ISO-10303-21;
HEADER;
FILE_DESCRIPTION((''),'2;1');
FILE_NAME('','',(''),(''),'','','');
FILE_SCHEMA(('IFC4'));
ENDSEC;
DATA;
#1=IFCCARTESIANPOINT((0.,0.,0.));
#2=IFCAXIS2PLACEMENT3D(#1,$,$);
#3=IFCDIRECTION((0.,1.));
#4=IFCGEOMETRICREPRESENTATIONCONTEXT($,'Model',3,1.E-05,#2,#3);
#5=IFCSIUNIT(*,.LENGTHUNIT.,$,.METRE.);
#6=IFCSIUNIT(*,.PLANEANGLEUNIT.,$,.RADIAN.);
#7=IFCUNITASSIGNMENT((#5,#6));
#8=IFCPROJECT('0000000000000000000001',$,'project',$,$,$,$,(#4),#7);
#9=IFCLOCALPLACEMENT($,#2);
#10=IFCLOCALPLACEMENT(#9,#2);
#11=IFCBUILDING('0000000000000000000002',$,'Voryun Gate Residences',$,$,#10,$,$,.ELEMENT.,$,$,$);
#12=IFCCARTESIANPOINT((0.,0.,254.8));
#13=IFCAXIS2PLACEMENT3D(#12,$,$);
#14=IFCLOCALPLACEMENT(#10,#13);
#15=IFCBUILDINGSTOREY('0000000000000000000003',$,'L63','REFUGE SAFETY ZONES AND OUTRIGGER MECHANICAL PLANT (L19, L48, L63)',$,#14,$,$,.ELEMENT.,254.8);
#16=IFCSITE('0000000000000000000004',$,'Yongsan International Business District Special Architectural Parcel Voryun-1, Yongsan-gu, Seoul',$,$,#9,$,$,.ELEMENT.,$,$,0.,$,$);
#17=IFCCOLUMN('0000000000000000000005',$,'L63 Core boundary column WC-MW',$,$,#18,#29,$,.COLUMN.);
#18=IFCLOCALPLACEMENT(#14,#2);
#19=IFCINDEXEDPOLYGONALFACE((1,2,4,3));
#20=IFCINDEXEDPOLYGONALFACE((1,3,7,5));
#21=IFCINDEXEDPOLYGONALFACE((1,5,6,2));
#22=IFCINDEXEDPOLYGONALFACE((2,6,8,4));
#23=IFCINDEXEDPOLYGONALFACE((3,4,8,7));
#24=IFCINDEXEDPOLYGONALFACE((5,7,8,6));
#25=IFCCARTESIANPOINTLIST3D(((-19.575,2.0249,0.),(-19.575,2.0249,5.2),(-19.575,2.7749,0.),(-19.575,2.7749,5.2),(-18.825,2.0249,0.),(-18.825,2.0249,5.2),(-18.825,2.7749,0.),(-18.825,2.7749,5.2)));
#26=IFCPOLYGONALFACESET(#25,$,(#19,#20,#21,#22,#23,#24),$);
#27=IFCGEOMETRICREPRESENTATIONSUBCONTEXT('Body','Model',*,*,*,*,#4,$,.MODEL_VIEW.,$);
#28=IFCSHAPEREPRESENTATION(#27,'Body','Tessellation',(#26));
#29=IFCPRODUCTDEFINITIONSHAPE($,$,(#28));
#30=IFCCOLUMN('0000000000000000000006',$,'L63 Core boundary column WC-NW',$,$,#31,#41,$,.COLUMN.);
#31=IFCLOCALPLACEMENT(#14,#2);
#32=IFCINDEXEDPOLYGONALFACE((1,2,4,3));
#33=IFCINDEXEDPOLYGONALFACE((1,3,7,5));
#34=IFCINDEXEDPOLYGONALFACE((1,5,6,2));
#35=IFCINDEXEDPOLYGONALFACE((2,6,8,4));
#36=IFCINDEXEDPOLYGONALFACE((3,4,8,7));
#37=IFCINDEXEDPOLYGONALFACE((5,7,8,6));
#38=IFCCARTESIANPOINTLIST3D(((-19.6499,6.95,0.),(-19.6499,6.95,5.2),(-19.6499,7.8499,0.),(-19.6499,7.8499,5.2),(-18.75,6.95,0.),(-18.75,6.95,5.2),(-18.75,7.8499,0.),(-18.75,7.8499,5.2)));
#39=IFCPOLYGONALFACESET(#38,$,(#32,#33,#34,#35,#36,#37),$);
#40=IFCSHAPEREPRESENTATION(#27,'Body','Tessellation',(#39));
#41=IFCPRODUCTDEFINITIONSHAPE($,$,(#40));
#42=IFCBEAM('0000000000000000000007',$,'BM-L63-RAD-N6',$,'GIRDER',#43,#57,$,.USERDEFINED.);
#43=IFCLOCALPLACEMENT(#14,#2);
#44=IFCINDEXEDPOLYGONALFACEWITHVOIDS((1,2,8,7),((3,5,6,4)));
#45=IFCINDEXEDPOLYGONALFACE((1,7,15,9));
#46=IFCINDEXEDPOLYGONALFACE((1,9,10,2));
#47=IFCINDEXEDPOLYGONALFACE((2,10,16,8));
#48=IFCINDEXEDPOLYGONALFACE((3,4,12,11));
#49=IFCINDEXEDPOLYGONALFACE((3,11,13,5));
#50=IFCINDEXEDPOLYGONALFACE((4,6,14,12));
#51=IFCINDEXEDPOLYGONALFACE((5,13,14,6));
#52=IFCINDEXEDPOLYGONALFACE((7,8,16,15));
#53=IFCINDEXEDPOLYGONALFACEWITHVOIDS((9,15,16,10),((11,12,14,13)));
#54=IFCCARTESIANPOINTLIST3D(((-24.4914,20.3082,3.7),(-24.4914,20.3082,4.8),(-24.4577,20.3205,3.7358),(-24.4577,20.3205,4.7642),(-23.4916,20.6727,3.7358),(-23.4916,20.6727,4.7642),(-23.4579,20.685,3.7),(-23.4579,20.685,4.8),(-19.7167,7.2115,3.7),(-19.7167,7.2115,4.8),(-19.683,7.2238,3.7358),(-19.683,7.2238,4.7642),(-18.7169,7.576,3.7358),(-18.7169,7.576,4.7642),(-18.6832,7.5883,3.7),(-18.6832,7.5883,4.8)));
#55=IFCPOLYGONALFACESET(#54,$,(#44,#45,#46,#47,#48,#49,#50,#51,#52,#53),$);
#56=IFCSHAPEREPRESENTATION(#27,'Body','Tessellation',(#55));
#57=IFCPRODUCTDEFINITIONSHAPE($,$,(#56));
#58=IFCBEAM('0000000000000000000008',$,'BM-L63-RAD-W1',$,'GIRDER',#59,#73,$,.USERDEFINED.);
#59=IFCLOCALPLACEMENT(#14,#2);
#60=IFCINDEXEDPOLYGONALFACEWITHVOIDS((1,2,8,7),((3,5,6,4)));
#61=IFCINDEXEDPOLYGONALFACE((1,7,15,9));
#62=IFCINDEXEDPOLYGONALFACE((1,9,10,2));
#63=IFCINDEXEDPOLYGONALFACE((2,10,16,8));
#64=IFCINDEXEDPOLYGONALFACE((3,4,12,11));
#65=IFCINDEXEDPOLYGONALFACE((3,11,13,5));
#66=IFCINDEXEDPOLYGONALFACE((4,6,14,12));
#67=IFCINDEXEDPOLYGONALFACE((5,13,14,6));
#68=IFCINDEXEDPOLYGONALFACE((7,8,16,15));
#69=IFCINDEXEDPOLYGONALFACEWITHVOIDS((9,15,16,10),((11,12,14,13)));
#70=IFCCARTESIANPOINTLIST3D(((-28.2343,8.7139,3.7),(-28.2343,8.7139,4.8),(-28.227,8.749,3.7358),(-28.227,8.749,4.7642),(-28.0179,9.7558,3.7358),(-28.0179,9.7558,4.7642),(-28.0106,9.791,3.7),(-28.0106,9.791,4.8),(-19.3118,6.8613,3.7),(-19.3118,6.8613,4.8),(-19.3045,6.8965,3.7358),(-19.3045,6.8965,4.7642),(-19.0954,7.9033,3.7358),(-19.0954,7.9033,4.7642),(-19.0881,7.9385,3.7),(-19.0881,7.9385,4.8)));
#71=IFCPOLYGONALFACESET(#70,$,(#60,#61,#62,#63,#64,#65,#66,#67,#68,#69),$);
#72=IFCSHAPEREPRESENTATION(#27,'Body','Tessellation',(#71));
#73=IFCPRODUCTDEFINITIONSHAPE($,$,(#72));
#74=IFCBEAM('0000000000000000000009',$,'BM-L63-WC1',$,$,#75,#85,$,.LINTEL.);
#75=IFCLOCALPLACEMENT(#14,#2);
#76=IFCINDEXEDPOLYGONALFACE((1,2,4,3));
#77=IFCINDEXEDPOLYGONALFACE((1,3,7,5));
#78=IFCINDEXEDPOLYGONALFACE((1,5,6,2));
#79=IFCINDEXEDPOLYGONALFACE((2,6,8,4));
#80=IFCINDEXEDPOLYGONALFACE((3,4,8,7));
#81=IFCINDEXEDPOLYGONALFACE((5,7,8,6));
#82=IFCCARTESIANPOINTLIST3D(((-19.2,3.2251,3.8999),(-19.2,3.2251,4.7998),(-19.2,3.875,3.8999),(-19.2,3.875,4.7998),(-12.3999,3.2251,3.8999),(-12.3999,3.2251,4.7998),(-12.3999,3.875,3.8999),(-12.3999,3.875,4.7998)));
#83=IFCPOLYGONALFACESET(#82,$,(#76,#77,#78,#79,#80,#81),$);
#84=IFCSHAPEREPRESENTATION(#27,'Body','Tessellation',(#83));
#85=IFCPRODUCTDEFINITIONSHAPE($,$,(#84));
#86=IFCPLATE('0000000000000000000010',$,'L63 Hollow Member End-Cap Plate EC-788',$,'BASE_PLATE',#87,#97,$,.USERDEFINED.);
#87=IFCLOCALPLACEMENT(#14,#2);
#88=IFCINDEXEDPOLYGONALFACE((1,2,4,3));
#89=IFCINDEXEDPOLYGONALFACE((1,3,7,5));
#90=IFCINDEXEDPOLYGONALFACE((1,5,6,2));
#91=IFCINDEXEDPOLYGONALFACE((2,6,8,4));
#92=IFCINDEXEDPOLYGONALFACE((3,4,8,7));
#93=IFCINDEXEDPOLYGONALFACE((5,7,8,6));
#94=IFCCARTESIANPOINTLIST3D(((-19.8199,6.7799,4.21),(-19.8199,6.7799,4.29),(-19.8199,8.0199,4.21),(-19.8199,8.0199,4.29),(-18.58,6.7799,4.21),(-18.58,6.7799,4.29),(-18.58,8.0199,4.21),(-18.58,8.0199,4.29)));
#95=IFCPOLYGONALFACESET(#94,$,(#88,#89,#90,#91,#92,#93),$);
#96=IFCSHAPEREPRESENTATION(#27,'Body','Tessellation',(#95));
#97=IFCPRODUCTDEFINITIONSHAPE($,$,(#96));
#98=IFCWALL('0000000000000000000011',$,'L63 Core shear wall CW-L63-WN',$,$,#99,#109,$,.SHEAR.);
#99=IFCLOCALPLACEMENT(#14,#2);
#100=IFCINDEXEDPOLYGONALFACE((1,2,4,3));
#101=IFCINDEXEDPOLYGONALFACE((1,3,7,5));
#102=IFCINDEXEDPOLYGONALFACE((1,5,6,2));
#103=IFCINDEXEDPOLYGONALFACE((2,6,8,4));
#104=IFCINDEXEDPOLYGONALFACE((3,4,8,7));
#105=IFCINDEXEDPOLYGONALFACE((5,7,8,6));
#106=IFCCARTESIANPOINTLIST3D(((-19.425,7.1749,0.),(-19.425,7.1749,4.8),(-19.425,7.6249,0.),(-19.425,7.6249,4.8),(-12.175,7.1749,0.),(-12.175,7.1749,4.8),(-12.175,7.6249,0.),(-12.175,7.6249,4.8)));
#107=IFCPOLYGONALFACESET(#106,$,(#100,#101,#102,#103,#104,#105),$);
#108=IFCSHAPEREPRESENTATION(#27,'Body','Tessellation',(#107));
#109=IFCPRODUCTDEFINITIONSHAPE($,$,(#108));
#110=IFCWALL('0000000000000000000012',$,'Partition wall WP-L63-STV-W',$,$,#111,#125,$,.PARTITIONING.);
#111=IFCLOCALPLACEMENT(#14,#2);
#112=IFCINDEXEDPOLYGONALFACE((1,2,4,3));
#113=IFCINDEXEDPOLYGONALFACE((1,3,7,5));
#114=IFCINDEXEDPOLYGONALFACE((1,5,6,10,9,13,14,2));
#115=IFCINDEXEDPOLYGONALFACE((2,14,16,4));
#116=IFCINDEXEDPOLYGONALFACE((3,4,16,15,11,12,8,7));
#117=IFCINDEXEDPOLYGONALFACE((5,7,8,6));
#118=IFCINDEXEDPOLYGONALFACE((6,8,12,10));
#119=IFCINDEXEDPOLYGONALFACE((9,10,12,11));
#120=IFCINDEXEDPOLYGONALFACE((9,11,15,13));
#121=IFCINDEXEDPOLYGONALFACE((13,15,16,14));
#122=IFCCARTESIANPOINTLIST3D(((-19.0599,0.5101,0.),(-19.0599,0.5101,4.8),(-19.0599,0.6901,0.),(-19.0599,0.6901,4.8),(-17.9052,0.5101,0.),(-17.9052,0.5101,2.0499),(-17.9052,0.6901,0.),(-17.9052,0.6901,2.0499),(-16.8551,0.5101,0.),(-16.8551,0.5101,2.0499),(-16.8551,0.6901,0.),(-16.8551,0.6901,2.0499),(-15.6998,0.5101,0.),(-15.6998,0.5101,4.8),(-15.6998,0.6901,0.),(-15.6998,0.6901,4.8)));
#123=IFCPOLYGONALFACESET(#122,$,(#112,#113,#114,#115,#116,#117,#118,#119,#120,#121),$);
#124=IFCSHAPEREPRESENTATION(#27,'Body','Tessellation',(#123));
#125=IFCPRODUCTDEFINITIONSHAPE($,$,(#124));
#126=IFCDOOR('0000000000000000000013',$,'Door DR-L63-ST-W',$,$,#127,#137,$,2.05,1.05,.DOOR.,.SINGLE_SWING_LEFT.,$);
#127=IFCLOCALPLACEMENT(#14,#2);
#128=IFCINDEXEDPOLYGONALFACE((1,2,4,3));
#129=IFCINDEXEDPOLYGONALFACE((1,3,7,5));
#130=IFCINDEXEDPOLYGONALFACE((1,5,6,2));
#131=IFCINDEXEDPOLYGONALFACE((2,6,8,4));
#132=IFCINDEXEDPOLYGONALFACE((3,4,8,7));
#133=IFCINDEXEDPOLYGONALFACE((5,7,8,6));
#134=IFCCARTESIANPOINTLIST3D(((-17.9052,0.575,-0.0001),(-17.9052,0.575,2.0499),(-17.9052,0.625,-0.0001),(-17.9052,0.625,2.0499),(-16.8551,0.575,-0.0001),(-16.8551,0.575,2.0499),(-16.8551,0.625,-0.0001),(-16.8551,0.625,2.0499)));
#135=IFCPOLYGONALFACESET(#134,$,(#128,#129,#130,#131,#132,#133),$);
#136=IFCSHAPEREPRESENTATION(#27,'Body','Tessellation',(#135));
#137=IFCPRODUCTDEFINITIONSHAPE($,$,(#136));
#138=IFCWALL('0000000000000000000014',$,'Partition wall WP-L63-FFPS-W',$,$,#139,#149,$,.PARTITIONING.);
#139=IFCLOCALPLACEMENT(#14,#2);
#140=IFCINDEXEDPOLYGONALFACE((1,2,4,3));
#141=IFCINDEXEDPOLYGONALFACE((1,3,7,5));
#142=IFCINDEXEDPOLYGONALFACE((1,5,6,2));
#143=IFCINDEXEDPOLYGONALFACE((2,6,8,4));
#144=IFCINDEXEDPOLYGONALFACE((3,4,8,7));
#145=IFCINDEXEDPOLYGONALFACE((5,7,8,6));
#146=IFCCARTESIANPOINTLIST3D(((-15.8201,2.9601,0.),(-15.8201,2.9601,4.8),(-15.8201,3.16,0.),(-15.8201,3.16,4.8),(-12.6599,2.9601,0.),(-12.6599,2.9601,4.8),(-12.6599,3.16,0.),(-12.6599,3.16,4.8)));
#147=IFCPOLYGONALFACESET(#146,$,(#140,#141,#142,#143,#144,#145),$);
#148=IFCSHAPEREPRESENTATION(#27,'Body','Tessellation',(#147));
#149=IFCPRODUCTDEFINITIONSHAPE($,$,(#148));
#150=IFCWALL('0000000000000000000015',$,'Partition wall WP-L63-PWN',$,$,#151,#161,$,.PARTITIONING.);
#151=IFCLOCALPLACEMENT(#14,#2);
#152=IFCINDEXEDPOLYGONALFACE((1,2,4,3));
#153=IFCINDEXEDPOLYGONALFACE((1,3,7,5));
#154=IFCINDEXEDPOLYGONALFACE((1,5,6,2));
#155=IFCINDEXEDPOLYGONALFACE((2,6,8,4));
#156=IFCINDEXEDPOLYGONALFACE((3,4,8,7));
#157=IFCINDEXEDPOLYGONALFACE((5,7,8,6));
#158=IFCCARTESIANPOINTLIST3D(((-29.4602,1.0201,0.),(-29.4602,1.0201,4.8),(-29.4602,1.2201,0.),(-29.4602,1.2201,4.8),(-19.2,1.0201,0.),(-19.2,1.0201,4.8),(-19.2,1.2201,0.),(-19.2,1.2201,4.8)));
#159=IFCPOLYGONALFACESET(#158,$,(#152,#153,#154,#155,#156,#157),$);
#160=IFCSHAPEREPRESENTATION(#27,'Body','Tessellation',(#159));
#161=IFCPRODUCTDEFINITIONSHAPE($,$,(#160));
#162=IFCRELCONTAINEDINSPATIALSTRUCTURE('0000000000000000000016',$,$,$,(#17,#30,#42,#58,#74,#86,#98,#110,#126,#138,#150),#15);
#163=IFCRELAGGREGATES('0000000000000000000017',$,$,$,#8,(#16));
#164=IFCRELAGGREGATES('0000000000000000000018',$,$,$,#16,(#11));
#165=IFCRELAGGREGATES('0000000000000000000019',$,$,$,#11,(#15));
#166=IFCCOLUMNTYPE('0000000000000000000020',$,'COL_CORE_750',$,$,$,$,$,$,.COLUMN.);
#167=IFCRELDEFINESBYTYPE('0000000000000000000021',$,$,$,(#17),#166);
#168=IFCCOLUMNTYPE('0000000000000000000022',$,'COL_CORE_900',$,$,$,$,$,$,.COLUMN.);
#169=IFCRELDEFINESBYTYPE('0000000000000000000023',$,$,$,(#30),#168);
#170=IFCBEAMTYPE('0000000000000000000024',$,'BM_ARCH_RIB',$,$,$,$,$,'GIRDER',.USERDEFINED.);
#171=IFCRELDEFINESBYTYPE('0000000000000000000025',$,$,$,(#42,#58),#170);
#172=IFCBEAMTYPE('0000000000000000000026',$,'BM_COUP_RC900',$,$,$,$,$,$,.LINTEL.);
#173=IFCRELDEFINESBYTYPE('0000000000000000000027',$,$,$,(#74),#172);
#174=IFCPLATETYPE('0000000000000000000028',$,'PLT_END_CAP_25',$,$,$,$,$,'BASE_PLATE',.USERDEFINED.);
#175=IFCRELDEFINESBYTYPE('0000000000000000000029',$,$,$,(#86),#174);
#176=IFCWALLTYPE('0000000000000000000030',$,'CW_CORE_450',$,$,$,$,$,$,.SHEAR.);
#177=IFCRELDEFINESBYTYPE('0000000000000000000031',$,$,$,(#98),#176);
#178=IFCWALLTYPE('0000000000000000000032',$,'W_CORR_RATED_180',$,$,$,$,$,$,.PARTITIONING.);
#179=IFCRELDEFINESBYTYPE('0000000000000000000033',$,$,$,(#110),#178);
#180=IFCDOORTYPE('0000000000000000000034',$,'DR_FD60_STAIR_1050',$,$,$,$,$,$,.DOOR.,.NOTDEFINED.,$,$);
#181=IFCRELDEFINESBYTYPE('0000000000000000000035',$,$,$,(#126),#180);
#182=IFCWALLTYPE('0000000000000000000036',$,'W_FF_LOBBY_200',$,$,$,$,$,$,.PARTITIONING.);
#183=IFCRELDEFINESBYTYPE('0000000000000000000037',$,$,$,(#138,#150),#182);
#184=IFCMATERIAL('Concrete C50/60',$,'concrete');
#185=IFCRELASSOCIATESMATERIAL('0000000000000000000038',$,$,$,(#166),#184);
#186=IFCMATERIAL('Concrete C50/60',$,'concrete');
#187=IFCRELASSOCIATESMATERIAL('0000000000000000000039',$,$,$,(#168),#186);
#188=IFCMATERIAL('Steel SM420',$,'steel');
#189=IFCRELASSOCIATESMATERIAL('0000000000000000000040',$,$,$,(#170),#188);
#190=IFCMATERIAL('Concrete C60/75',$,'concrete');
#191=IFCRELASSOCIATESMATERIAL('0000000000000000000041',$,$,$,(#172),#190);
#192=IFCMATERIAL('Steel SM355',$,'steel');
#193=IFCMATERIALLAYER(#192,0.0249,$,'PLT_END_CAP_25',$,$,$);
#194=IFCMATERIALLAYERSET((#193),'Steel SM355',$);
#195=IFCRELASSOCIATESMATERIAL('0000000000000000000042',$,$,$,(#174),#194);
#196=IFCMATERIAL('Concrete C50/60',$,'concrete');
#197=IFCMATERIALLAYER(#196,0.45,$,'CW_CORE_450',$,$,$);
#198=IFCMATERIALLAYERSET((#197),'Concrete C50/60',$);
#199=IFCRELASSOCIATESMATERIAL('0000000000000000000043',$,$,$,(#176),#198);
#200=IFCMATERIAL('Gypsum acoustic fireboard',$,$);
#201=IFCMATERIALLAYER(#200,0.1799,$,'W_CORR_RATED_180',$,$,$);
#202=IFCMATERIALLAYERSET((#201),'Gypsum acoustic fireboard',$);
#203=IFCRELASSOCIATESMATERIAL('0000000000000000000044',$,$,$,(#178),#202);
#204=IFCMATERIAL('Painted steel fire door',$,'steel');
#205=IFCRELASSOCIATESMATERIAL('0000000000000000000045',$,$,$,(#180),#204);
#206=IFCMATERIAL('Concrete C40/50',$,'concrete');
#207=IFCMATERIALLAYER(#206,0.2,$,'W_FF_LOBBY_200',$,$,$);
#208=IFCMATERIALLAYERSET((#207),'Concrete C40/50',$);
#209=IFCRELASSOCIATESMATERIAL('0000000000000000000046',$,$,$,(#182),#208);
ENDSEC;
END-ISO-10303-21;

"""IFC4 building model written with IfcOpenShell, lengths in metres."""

from ifc_helpers import new_model, si_unit, direction, frame, frame_2d, origin, origin_2d, place, context, subcontext, project, spatial, rectangle, hollow_rectangle, extrude, material, layer, layer_set, material_profile, profile_set, type_object, element, fill, save


model = new_model("IFC4")

# Units and contexts
model_context = context("Model", 3, precision=1e-05, world=origin(), true_north=direction((0.0, 1.0)))
body_context = subcontext(model_context, "Body", "Model", "MODEL_VIEW")
ifc_project = project(units=[si_unit("LENGTHUNIT", "METRE"), si_unit("PLANEANGLEUNIT", "RADIAN")], contexts=[model_context])

# Site, building, storey
site_placement = place(None, origin())
site = spatial("IfcSite", under=ifc_project, at=site_placement, Name="Yongsan International Business District Special Architectural Parcel Voryun-1, Yongsan-gu, Seoul", CompositionType="ELEMENT", RefElevation=0.0)
building_placement = place(site_placement, origin())
building = spatial("IfcBuilding", under=site, at=building_placement, Name="Voryun Gate Residences", CompositionType="ELEMENT")
storey_placement = place(building_placement, frame((0.0, 0.0, 254.8)))
storey = spatial("IfcBuildingStorey", under=building, at=storey_placement, Name="L63", Description="REFUGE SAFETY ZONES AND OUTRIGGER MECHANICAL PLANT (L19, L48, L63)", CompositionType="ELEMENT", Elevation=254.8)

# Columns
ifc_material_1 = material(Name="Concrete C50/60", Category="concrete")
ifc_material_profile_1 = material_profile(ifc_material_1, rectangle(XDim=0.75, YDim=0.75, at=origin_2d()), Name="RC-750x750")
ifc_profile_set_1 = profile_set([ifc_material_profile_1], Name="Concrete C50/60")
column_type_1 = type_object("IfcColumnType", Name="COL_CORE_750", PredefinedType="COLUMN", material=ifc_profile_set_1)
column_1_placement = place(storey_placement, frame((-19.2, 2.3999, 0.0), z_axis=(0.0, 0.0, 1.0), x_axis=(1.0, 0.0, 0.0)))
element("IfcColumn", 1, at=column_1_placement, inside=storey, type_object=column_type_1, Name="L63 Core boundary column WC-MW", PredefinedType="COLUMN", context=body_context, shape_type="SweptSolid", body=[
    extrude(rectangle(XDim=0.75, YDim=0.75, at=origin_2d()), origin(), (0.0, 0.0, 1.0), 5.2),
])
ifc_material_2 = material(Name="Concrete C50/60", Category="concrete")
ifc_material_profile_2 = material_profile(ifc_material_2, rectangle(XDim=0.8999, YDim=0.8999, at=origin_2d()), Name="RC-900x900")
ifc_profile_set_2 = profile_set([ifc_material_profile_2], Name="Concrete C50/60")
column_type_2 = type_object("IfcColumnType", Name="COL_CORE_900", PredefinedType="COLUMN", material=ifc_profile_set_2)
column_2_placement = place(storey_placement, frame((-19.2, 7.3999, 0.0), z_axis=(0.0, 0.0, 1.0), x_axis=(1.0, 0.0, 0.0)))
element("IfcColumn", 2, at=column_2_placement, inside=storey, type_object=column_type_2, Name="L63 Core boundary column WC-NW", PredefinedType="COLUMN", context=body_context, shape_type="SweptSolid", body=[
    extrude(rectangle(XDim=0.8999, YDim=0.8999, at=origin_2d()), origin(), (0.0, 0.0, 1.0), 5.2),
])

# Beams
ifc_material_3 = material(Name="Steel SM420", Category="steel")
ifc_material_profile_3 = material_profile(ifc_material_3, hollow_rectangle(XDim=1.1001, YDim=1.1001, WallThickness=0.0359, at=origin_2d()), Name="BOX-1100x1100x36")
ifc_profile_set_3 = profile_set([ifc_material_profile_3], Name="Steel SM420")
beam_type_1 = type_object("IfcBeamType", Name="BM_ARCH_RIB", ElementType="GIRDER", PredefinedType="USERDEFINED", material=ifc_profile_set_3)
beam_1_placement = place(storey_placement, frame((-19.2, 7.3999, 4.25), z_axis=(-0.342518, 0.939511, 0.0), x_axis=(-0.939511, -0.342518, 0.0)))
element("IfcBeam", 3, at=beam_1_placement, inside=storey, type_object=beam_type_1, Name="BM-L63-RAD-N6", ObjectType="GIRDER", PredefinedType="USERDEFINED", context=body_context, shape_type="SweptSolid", body=[
    extrude(hollow_rectangle(XDim=1.1001, YDim=1.1001, WallThickness=0.0359, at=origin_2d()), origin(), (0.0, 0.0, 1.0), 13.9399),
])
beam_2_placement = place(storey_placement, frame((-19.2, 7.3999, 4.25), z_axis=(-0.979119, 0.203288, 0.0), x_axis=(-0.203288, -0.979119, 0.0)))
element("IfcBeam", 4, at=beam_2_placement, inside=storey, type_object=beam_type_1, Name="BM-L63-RAD-W1", ObjectType="GIRDER", PredefinedType="USERDEFINED", context=body_context, shape_type="SweptSolid", body=[
    extrude(hollow_rectangle(XDim=1.1001, YDim=1.1001, WallThickness=0.0359, at=origin_2d()), origin(), (0.0, 0.0, 1.0), 9.1128),
])
ifc_material_4 = material(Name="Concrete C60/75", Category="concrete")
ifc_material_profile_4 = material_profile(ifc_material_4, rectangle(XDim=0.6499, YDim=0.8999, at=origin_2d()), Name="RC-650x900")
ifc_profile_set_4 = profile_set([ifc_material_profile_4], Name="Concrete C60/75")
beam_type_2 = type_object("IfcBeamType", Name="BM_COUP_RC900", PredefinedType="LINTEL", material=ifc_profile_set_4)
beam_3_placement = place(storey_placement, frame((-19.2, 3.55, 4.3499), z_axis=(1.0, 0.0, 0.0), x_axis=(0.0, 1.0, 0.0)))
element("IfcBeam", 5, at=beam_3_placement, inside=storey, type_object=beam_type_2, Name="BM-L63-WC1", PredefinedType="LINTEL", context=body_context, shape_type="SweptSolid", body=[
    extrude(rectangle(XDim=0.6499, YDim=0.8999, at=origin_2d()), origin(), (0.0, 0.0, 1.0), 6.8),
])

# Plate
ifc_material_5 = material(Name="Steel SM355", Category="steel")
ifc_layer_1 = layer(ifc_material_5, 0.0249, Name="PLT_END_CAP_25")
ifc_layer_set_1 = layer_set([ifc_layer_1], Name="Steel SM355")
plate_type = type_object("IfcPlateType", Name="PLT_END_CAP_25", ElementType="BASE_PLATE", PredefinedType="USERDEFINED", material=ifc_layer_set_1)
plate_placement = place(storey_placement, frame((-19.2, 7.3999, 4.21), z_axis=(0.0, 0.0, 1.0), x_axis=(1.0, 0.0, 0.0)))
element("IfcPlate", 6, at=plate_placement, inside=storey, type_object=plate_type, Name="L63 Hollow Member End-Cap Plate EC-788", ObjectType="BASE_PLATE", PredefinedType="USERDEFINED", context=body_context, shape_type="SweptSolid", body=[
    extrude(rectangle(XDim=1.24, YDim=1.24, at=origin_2d()), origin(), (0.0, 0.0, 1.0), 0.0801),
])

# Wall
ifc_material_6 = material(Name="Concrete C50/60", Category="concrete")
ifc_layer_2 = layer(ifc_material_6, 0.45, Name="CW_CORE_450")
ifc_layer_set_2 = layer_set([ifc_layer_2], Name="Concrete C50/60")
wall_type_1 = type_object("IfcWallType", Name="CW_CORE_450", PredefinedType="SHEAR", material=ifc_layer_set_2)
wall_1_placement = place(storey_placement, frame((-19.425, 7.3999, 0.0), z_axis=(0.0, 0.0, 1.0), x_axis=(1.0, 0.0, 0.0)))
element("IfcWall", 7, at=wall_1_placement, inside=storey, type_object=wall_type_1, Name="L63 Core shear wall CW-L63-WN", PredefinedType="SHEAR", context=body_context, shape_type="SweptSolid", body=[
    extrude(rectangle(XDim=7.25, YDim=0.45, at=frame_2d((3.625, 0.0))), origin(), (0.0, 0.0, 1.0), 4.8),
])

# Wall, opening, door
ifc_material_7 = material(Name="Gypsum acoustic fireboard")
ifc_layer_3 = layer(ifc_material_7, 0.1799, Name="W_CORR_RATED_180")
ifc_layer_set_3 = layer_set([ifc_layer_3], Name="Gypsum acoustic fireboard")
wall_type_2 = type_object("IfcWallType", Name="W_CORR_RATED_180", PredefinedType="PARTITIONING", material=ifc_layer_set_3)
wall_2_placement = place(storey_placement, frame((-19.0601, 0.6001, 0.0), z_axis=(0.0, 0.0, 1.0), x_axis=(1.0, 0.0, 0.0)))
wall_2 = element("IfcWall", 8, at=wall_2_placement, inside=storey, type_object=wall_type_2, Name="Partition wall WP-L63-STV-W", PredefinedType="PARTITIONING", context=body_context, shape_type="SweptSolid", body=[
    extrude(rectangle(XDim=3.3601, YDim=0.1799, at=frame_2d((1.6802, 0.0))), origin(), (0.0, 0.0, 1.0), 4.8),
])
opening_1_placement = place(wall_2_placement, frame((1.155, 0.0, 0.0)))
opening_1 = element("IfcOpeningElement", 9, at=opening_1_placement, cuts=wall_2, PredefinedType="OPENING", context=body_context, shape_type="SweptSolid", body=[
    extrude(rectangle(XDim=1.05, YDim=2.05, at=frame_2d((0.5249, 1.0249))), frame((0.0, 0.0999, 0.0), z_axis=(0.0, -1.0, 0.0), x_axis=(1.0, 0.0, 0.0)), (0.0, 0.0, 1.0), 0.2),
])
ifc_material_8 = material(Name="Painted steel fire door", Category="steel")
door_type_1 = type_object("IfcDoorType", Name="DR_FD60_STAIR_1050", OperationType="NOTDEFINED", PredefinedType="DOOR", material=ifc_material_8)
door_1_placement = place(opening_1_placement, origin())
door_1 = element("IfcDoor", 10, at=door_1_placement, inside=storey, type_object=door_type_1, Name="Door DR-L63-ST-W", OperationType="SINGLE_SWING_LEFT", OverallHeight=2.05, OverallWidth=1.05, PredefinedType="DOOR", context=body_context, shape_type="SweptSolid", body=[
    extrude(rectangle(XDim=1.05, YDim=2.05, at=frame_2d((0.5249, 1.0249))), frame((0.0, 0.0249, 0.0), z_axis=(0.0, -1.0, 0.0), x_axis=(1.0, 0.0, 0.0)), (0.0, 0.0, 1.0), 0.05),
])
fill(opening_1, door_1)

# Walls
ifc_material_9 = material(Name="Concrete C40/50", Category="concrete")
ifc_layer_4 = layer(ifc_material_9, 0.2, Name="W_FF_LOBBY_200")
ifc_layer_set_4 = layer_set([ifc_layer_4], Name="Concrete C40/50")
wall_type_3 = type_object("IfcWallType", Name="W_FF_LOBBY_200", PredefinedType="PARTITIONING", material=ifc_layer_set_4)
wall_3_placement = place(storey_placement, frame((-15.8201, 3.0601, 0.0), z_axis=(0.0, 0.0, 1.0), x_axis=(1.0, 0.0, 0.0)))
element("IfcWall", 11, at=wall_3_placement, inside=storey, type_object=wall_type_3, Name="Partition wall WP-L63-FFPS-W", PredefinedType="PARTITIONING", context=body_context, shape_type="SweptSolid", body=[
    extrude(rectangle(XDim=3.1602, YDim=0.2, at=frame_2d((1.5801, 0.0))), origin(), (0.0, 0.0, 1.0), 4.8),
])
wall_4_placement = place(storey_placement, frame((-29.4602, 1.1201, 0.0), z_axis=(0.0, 0.0, 1.0), x_axis=(1.0, 0.0, 0.0)))
element("IfcWall", 12, at=wall_4_placement, inside=storey, type_object=wall_type_3, Name="Partition wall WP-L63-PWN", PredefinedType="PARTITIONING", context=body_context, shape_type="SweptSolid", body=[
    extrude(rectangle(XDim=10.2603, YDim=0.2, at=frame_2d((5.1301, 0.0))), origin(), (0.0, 0.0, 1.0), 4.8),
])

save(model, "model.ifc")
